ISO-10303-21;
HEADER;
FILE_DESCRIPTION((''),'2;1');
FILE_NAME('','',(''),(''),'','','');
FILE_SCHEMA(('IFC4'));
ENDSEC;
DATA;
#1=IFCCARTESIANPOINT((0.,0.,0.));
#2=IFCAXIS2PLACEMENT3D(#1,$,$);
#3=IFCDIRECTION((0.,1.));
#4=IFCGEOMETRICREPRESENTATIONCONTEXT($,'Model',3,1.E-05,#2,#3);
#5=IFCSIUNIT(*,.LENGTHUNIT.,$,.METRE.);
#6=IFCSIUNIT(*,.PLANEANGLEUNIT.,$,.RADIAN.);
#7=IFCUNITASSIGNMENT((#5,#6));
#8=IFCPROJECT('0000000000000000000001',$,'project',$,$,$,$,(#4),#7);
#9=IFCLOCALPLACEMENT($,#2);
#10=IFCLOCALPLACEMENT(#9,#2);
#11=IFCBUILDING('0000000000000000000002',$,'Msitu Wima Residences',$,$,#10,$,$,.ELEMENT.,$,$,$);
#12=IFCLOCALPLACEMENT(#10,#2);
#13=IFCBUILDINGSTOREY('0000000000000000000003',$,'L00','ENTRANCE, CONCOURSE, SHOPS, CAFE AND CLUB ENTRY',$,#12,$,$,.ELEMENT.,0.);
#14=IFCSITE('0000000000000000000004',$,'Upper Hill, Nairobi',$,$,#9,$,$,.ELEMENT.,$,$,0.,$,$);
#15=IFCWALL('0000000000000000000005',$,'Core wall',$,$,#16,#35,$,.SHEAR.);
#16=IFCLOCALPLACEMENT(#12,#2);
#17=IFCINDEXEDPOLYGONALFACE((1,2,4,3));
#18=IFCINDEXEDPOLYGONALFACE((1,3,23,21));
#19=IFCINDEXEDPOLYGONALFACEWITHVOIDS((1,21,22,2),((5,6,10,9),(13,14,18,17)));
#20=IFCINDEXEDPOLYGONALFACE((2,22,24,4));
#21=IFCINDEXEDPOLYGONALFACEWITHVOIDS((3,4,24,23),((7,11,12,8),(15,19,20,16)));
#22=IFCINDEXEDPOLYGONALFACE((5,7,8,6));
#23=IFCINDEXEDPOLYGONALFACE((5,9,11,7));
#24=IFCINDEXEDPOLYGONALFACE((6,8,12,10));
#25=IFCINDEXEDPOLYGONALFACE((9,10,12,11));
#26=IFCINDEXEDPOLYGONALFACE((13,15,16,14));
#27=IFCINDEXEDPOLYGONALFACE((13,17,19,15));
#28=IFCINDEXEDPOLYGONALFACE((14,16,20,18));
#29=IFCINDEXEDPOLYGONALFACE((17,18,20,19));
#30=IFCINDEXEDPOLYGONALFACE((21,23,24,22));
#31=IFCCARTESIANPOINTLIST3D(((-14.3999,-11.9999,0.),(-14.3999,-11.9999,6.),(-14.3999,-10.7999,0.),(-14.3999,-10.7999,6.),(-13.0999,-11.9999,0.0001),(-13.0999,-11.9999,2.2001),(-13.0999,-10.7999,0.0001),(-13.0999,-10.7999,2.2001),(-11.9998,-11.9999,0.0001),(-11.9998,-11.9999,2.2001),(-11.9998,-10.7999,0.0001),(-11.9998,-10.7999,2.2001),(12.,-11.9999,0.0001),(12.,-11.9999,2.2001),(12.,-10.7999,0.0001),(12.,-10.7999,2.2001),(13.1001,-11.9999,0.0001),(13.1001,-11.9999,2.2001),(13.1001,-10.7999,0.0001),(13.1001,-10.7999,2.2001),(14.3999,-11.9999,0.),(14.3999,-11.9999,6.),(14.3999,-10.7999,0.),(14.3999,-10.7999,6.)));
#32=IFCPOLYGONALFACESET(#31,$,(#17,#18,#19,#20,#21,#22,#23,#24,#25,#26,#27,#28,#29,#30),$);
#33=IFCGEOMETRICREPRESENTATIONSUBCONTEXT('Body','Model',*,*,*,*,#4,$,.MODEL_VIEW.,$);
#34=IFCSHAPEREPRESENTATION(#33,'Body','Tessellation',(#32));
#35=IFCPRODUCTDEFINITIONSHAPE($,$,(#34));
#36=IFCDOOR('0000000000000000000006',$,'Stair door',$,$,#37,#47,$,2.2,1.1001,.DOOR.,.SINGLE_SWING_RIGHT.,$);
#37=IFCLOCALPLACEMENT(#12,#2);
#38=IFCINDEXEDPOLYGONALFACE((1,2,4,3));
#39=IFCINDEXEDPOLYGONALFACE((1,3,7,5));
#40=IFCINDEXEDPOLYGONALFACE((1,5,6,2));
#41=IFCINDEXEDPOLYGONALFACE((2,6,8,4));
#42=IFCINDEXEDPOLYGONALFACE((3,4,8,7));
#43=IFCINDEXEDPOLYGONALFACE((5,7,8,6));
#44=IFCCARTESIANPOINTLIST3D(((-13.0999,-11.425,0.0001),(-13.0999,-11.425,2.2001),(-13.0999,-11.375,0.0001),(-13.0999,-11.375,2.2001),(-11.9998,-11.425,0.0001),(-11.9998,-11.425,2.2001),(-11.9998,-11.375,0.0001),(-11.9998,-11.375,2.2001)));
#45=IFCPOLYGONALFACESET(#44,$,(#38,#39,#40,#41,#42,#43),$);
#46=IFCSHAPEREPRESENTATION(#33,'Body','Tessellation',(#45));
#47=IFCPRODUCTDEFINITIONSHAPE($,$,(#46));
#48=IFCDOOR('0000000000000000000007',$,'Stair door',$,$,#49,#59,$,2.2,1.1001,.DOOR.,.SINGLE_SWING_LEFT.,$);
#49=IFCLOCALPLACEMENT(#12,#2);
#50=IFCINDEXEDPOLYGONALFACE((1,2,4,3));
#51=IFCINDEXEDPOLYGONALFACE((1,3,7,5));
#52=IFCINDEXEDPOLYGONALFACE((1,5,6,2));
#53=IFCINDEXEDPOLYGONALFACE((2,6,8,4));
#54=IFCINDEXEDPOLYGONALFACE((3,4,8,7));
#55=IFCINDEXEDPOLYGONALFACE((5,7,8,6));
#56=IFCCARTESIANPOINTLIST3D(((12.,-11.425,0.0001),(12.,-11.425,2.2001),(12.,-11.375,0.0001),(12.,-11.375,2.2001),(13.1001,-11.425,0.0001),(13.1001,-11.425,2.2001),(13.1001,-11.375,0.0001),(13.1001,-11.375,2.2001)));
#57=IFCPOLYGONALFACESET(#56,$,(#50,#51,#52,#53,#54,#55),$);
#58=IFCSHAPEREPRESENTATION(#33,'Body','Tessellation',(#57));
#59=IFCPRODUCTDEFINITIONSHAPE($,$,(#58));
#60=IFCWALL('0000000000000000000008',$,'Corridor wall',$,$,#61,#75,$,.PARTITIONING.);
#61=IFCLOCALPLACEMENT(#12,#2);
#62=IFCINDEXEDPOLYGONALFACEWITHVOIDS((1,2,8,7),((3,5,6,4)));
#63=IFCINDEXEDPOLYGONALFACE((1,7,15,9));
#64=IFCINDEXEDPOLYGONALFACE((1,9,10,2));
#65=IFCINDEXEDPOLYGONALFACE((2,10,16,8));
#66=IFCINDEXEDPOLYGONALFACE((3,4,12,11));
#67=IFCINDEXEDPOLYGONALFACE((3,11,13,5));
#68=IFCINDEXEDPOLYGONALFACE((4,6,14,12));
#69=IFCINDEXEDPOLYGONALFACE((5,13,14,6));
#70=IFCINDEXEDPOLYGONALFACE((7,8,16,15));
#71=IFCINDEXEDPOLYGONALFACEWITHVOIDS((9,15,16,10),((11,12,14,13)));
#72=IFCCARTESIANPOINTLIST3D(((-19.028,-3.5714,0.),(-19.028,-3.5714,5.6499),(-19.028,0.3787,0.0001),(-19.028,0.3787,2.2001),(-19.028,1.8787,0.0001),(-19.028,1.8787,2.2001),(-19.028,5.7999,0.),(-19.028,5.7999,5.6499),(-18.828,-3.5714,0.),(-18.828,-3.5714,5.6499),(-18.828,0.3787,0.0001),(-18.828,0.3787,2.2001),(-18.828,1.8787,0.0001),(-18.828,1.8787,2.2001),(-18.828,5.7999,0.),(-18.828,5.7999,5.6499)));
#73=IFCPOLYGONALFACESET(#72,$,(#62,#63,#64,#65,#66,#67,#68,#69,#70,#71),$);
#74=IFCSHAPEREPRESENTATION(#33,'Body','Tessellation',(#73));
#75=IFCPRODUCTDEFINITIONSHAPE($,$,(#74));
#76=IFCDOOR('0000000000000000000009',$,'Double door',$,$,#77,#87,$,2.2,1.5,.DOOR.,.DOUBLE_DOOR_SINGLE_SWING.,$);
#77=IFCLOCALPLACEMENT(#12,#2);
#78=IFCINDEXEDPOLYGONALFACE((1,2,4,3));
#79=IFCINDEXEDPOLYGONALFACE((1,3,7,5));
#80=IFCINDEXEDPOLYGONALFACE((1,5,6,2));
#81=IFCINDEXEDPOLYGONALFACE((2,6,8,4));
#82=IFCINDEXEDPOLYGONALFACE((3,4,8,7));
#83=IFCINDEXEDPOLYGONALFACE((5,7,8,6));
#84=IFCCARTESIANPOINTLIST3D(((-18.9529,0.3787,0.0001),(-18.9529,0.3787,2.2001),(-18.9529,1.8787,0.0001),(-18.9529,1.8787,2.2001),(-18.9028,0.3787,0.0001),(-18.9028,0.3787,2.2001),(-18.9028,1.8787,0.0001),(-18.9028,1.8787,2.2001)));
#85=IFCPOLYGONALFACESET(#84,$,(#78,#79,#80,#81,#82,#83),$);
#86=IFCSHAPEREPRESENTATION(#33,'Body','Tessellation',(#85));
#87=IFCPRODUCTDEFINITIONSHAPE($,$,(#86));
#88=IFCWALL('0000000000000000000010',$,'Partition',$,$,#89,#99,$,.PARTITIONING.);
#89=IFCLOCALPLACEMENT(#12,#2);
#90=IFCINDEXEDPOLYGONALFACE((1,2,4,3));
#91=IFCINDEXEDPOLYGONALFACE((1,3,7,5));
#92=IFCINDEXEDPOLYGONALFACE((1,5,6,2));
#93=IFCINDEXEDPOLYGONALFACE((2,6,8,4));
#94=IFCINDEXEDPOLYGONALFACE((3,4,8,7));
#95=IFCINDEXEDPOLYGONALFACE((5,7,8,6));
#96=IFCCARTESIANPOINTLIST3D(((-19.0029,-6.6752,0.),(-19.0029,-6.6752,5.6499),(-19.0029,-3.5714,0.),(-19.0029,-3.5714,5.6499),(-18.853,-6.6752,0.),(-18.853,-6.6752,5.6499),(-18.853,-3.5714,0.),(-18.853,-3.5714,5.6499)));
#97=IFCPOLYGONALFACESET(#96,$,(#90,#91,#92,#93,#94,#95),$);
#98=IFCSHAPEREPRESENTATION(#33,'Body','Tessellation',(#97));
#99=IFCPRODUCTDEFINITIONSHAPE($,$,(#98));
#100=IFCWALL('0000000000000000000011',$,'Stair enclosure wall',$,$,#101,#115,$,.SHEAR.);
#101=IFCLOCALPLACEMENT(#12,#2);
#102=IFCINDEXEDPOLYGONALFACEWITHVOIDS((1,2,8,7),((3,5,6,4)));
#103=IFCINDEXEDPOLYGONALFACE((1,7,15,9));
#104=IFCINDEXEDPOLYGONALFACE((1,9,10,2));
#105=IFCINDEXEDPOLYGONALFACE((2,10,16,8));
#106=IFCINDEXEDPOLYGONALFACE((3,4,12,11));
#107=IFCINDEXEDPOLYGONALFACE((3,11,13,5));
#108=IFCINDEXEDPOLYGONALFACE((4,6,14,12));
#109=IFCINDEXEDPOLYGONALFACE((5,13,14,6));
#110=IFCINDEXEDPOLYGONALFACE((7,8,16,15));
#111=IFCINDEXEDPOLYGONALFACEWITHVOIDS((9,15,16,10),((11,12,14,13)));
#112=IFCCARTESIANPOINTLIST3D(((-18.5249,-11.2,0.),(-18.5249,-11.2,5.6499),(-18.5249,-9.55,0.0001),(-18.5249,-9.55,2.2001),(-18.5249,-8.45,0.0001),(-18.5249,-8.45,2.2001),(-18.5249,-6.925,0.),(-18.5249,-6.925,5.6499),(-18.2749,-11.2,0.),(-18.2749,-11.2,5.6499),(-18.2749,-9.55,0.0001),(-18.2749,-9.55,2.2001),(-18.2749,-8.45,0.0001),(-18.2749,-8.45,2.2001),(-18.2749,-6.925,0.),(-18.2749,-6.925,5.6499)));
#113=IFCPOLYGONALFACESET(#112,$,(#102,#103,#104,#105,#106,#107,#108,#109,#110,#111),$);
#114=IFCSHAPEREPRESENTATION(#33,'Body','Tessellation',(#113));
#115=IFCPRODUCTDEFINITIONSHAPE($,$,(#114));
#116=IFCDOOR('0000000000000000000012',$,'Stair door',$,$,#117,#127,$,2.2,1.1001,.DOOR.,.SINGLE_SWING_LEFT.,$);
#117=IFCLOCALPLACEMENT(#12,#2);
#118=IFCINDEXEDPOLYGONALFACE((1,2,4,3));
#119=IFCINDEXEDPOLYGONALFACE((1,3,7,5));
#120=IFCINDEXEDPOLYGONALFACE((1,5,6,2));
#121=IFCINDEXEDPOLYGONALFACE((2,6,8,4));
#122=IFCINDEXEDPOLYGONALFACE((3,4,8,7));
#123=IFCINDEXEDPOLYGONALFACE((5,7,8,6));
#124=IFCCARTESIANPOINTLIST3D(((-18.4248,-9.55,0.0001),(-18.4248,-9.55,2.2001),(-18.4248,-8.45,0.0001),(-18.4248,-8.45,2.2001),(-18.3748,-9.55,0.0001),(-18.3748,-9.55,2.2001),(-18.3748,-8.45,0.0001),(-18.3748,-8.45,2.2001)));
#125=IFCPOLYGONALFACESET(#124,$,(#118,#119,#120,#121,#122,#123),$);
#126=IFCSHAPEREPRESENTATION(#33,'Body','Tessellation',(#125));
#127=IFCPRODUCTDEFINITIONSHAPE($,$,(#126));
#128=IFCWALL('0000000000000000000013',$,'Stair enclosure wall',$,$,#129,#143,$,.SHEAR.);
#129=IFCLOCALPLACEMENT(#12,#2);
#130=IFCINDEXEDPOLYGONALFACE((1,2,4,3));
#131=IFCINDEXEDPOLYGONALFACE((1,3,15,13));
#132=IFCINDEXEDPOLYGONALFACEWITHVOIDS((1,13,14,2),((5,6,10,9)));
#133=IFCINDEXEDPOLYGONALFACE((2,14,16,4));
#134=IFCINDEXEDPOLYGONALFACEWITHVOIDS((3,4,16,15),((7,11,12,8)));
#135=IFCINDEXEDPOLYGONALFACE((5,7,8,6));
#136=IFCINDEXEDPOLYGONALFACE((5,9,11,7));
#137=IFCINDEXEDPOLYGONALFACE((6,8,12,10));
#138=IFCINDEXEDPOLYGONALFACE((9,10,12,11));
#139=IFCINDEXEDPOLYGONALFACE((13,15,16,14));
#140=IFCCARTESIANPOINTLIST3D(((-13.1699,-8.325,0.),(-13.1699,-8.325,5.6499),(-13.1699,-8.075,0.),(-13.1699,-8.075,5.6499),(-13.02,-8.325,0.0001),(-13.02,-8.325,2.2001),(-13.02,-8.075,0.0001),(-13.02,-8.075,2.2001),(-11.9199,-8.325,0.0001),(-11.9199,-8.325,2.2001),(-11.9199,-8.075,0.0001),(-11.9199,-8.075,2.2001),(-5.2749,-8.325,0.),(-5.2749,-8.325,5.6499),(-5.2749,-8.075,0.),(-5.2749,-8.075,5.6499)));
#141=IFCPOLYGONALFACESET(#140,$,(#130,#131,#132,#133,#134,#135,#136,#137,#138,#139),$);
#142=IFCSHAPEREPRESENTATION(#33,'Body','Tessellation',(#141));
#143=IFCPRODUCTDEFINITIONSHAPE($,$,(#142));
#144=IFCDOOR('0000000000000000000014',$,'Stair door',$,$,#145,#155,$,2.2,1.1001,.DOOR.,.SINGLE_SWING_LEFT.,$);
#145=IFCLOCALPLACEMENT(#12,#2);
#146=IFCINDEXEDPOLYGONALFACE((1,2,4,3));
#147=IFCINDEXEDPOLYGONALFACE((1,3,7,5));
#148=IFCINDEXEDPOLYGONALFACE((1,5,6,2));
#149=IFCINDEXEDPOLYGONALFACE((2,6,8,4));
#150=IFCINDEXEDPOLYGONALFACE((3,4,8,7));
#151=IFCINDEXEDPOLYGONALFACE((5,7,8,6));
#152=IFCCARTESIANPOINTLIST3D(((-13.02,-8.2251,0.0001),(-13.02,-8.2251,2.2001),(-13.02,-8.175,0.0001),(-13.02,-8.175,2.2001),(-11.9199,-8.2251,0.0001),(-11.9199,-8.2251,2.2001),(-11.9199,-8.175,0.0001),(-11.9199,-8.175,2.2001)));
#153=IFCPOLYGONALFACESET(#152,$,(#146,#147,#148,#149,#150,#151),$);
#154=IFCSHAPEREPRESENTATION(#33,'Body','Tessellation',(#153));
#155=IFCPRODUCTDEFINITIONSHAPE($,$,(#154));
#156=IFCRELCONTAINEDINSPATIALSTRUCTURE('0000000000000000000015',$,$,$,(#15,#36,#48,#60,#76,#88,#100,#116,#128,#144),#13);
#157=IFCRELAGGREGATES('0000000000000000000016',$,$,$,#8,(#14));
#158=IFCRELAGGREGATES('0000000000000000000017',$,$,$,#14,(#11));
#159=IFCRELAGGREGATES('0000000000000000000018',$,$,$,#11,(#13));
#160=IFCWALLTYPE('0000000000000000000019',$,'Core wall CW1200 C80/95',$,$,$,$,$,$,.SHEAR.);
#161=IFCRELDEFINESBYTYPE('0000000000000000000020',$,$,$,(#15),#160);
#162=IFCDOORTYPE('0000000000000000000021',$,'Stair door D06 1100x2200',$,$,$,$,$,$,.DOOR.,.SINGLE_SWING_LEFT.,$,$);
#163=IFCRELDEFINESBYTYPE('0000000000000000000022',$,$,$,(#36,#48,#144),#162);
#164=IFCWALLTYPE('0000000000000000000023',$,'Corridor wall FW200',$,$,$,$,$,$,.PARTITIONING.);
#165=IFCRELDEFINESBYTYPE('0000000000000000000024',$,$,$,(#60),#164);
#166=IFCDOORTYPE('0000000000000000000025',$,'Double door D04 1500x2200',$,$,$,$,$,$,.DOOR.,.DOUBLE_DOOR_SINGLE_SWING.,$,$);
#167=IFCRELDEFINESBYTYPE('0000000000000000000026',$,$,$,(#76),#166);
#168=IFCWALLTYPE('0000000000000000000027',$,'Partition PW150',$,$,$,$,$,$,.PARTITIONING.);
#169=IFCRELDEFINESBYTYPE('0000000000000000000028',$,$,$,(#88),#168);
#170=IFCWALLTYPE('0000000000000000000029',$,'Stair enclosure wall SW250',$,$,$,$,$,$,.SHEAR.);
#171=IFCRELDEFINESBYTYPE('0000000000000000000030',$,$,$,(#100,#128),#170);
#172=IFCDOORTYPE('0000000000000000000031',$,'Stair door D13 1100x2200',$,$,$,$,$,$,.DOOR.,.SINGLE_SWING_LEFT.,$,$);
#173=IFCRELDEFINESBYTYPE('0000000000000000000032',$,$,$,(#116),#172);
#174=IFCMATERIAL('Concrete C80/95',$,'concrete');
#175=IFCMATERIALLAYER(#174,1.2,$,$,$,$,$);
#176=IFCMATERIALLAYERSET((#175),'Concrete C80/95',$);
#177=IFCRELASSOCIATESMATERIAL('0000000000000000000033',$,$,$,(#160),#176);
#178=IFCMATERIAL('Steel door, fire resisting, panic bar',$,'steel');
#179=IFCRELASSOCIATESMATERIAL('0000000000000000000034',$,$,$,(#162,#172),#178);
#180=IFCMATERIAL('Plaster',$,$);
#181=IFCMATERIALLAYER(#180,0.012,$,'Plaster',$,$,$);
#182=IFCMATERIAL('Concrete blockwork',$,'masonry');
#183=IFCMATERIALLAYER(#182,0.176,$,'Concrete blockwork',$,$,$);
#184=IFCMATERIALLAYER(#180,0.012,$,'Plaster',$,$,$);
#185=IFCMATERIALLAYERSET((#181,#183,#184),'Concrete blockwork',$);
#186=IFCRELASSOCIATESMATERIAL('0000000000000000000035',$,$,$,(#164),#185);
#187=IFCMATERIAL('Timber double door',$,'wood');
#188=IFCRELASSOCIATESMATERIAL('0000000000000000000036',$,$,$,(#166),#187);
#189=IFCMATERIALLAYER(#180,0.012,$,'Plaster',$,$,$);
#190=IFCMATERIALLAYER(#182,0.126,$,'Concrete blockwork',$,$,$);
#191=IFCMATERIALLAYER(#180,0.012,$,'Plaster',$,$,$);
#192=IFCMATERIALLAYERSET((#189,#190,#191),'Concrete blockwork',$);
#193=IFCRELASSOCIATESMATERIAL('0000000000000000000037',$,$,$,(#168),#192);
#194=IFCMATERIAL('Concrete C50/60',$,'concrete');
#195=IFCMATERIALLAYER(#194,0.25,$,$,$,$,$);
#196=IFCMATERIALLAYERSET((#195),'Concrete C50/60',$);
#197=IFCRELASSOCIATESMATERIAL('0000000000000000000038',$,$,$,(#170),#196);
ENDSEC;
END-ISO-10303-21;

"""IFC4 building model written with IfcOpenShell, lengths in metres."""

from ifc_helpers import new_model, si_unit, direction, frame, frame_2d, origin, place, context, subcontext, project, spatial, rectangle, extrude, material, layer, layer_set, type_object, element, fill, save


model = new_model("IFC4")

# Units and contexts
model_context = context("Model", 3, precision=1e-05, world=origin(), true_north=direction((0.0, 1.0)))
body_context = subcontext(model_context, "Body", "Model", "MODEL_VIEW")
ifc_project = project(units=[si_unit("LENGTHUNIT", "METRE"), si_unit("PLANEANGLEUNIT", "RADIAN")], contexts=[model_context])

# Site, building, storey
site_placement = place(None, origin())
site = spatial("IfcSite", under=ifc_project, at=site_placement, Name="Upper Hill, Nairobi", CompositionType="ELEMENT", RefElevation=0.0)
building_placement = place(site_placement, origin())
building = spatial("IfcBuilding", under=site, at=building_placement, Name="Msitu Wima Residences", CompositionType="ELEMENT")
storey_placement = place(building_placement, origin())
storey = spatial("IfcBuildingStorey", under=building, at=storey_placement, Name="L00", Description="ENTRANCE, CONCOURSE, SHOPS, CAFE AND CLUB ENTRY", CompositionType="ELEMENT", Elevation=0.0)

# Wall, openings, doors
ifc_material_1 = material(Name="Concrete C80/95", Category="concrete")
ifc_layer_1 = layer(ifc_material_1, 1.2)
ifc_layer_set_1 = layer_set([ifc_layer_1], Name="Concrete C80/95")
wall_type_1 = type_object("IfcWallType", Name="Core wall CW1200 C80/95", PredefinedType="SHEAR", material=ifc_layer_set_1)
wall_1_placement = place(storey_placement, frame((-14.3999, -11.3999, 0.0), z_axis=(0.0, 0.0, 1.0), x_axis=(1.0, 0.0, 0.0)))
wall_1 = element("IfcWall", 1, at=wall_1_placement, inside=storey, type_object=wall_type_1, Name="Core wall", PredefinedType="SHEAR", context=body_context, shape_type="SweptSolid", body=[
    extrude(rectangle(XDim=28.7998, YDim=1.2, at=frame_2d((14.3999, 0.0))), origin(), (0.0, 0.0, 1.0), 6.0),
])
opening_1_placement = place(wall_1_placement, frame((1.3, 0.0, 0.0)))
opening_1 = element("IfcOpeningElement", 2, at=opening_1_placement, cuts=wall_1, PredefinedType="OPENING", context=body_context, shape_type="SweptSolid", body=[
    extrude(rectangle(XDim=1.1001, YDim=2.2, at=frame_2d((0.55, 1.1001))), frame((0.0, 0.6099, 0.0), z_axis=(0.0, -1.0, 0.0), x_axis=(1.0, 0.0, 0.0)), (0.0, 0.0, 1.0), 1.22),
])
opening_2_placement = place(wall_1_placement, frame((26.3999, 0.0, 0.0)))
opening_2 = element("IfcOpeningElement", 3, at=opening_2_placement, cuts=wall_1, PredefinedType="OPENING", context=body_context, shape_type="SweptSolid", body=[
    extrude(rectangle(XDim=1.1001, YDim=2.2, at=frame_2d((0.55, 1.1001))), frame((0.0, 0.6099, 0.0), z_axis=(0.0, -1.0, 0.0), x_axis=(1.0, 0.0, 0.0)), (0.0, 0.0, 1.0), 1.22),
])
ifc_material_2 = material(Name="Steel door, fire resisting, panic bar", Category="steel")
door_type_1 = type_object("IfcDoorType", Name="Stair door D06 1100x2200", OperationType="SINGLE_SWING_LEFT", PredefinedType="DOOR", material=ifc_material_2)
door_1_placement = place(opening_1_placement, origin())
door_1 = element("IfcDoor", 4, at=door_1_placement, inside=storey, type_object=door_type_1, Name="Stair door", OperationType="SINGLE_SWING_RIGHT", OverallHeight=2.2, OverallWidth=1.1001, PredefinedType="DOOR", context=body_context, shape_type="SweptSolid", body=[
    extrude(rectangle(XDim=1.1001, YDim=2.2, at=frame_2d((0.55, 1.1001))), frame((0.0, 0.0249, 0.0), z_axis=(0.0, -1.0, 0.0), x_axis=(1.0, 0.0, 0.0)), (0.0, 0.0, 1.0), 0.05),
])
fill(opening_1, door_1)
door_2_placement = place(opening_2_placement, origin())
door_2 = element("IfcDoor", 5, at=door_2_placement, inside=storey, type_object=door_type_1, Name="Stair door", OperationType="SINGLE_SWING_LEFT", OverallHeight=2.2, OverallWidth=1.1001, PredefinedType="DOOR", context=body_context, shape_type="SweptSolid", body=[
    extrude(rectangle(XDim=1.1001, YDim=2.2, at=frame_2d((0.55, 1.1001))), frame((0.0, 0.0249, 0.0), z_axis=(0.0, -1.0, 0.0), x_axis=(1.0, 0.0, 0.0)), (0.0, 0.0, 1.0), 0.05),
])
fill(opening_2, door_2)

# Wall, opening, door
ifc_material_3 = material(Name="Plaster")
ifc_layer_2 = layer(ifc_material_3, 0.012, Name="Plaster")
ifc_material_4 = material(Name="Concrete blockwork", Category="masonry")
ifc_layer_3 = layer(ifc_material_4, 0.176, Name="Concrete blockwork")
ifc_layer_4 = layer(ifc_material_3, 0.012, Name="Plaster")
ifc_layer_set_2 = layer_set([ifc_layer_2, ifc_layer_3, ifc_layer_4], Name="Concrete blockwork")
wall_type_2 = type_object("IfcWallType", Name="Corridor wall FW200", PredefinedType="PARTITIONING", material=ifc_layer_set_2)
wall_2_placement = place(storey_placement, frame((-18.928, -3.5713, 0.0), z_axis=(0.0, 0.0, 1.0), x_axis=(0.0, 1.0, 0.0)))
wall_2 = element("IfcWall", 6, at=wall_2_placement, inside=storey, type_object=wall_type_2, Name="Corridor wall", PredefinedType="PARTITIONING", context=body_context, shape_type="SweptSolid", body=[
    extrude(rectangle(XDim=9.3713, YDim=0.2, at=frame_2d((4.6855, 0.0))), origin(), (0.0, 0.0, 1.0), 5.6499),
])
opening_3_placement = place(wall_2_placement, frame((3.95, 0.0, 0.0)))
opening_3 = element("IfcOpeningElement", 7, at=opening_3_placement, cuts=wall_2, PredefinedType="OPENING", context=body_context, shape_type="SweptSolid", body=[
    extrude(rectangle(XDim=1.5, YDim=2.2, at=frame_2d((0.75, 1.1001))), frame((0.0, 0.1099, 0.0), z_axis=(0.0, -1.0, 0.0), x_axis=(1.0, 0.0, 0.0)), (0.0, 0.0, 1.0), 0.22),
])
ifc_material_5 = material(Name="Timber double door", Category="wood")
door_type_2 = type_object("IfcDoorType", Name="Double door D04 1500x2200", OperationType="DOUBLE_DOOR_SINGLE_SWING", PredefinedType="DOOR", material=ifc_material_5)
door_3_placement = place(opening_3_placement, origin())
door_3 = element("IfcDoor", 8, at=door_3_placement, inside=storey, type_object=door_type_2, Name="Double door", OperationType="DOUBLE_DOOR_SINGLE_SWING", OverallHeight=2.2, OverallWidth=1.5, PredefinedType="DOOR", context=body_context, shape_type="SweptSolid", body=[
    extrude(rectangle(XDim=1.5, YDim=2.2, at=frame_2d((0.75, 1.1001))), frame((0.0, 0.0249, 0.0), z_axis=(0.0, -1.0, 0.0), x_axis=(1.0, 0.0, 0.0)), (0.0, 0.0, 1.0), 0.05),
])
fill(opening_3, door_3)

# Wall
ifc_layer_5 = layer(ifc_material_3, 0.012, Name="Plaster")
ifc_layer_6 = layer(ifc_material_4, 0.126, Name="Concrete blockwork")
ifc_layer_7 = layer(ifc_material_3, 0.012, Name="Plaster")
ifc_layer_set_3 = layer_set([ifc_layer_5, ifc_layer_6, ifc_layer_7], Name="Concrete blockwork")
wall_type_3 = type_object("IfcWallType", Name="Partition PW150", PredefinedType="PARTITIONING", material=ifc_layer_set_3)
wall_3_placement = place(storey_placement, frame((-18.928, -6.675, 0.0), z_axis=(0.0, 0.0, 1.0), x_axis=(0.0, 1.0, 0.0)))
element("IfcWall", 9, at=wall_3_placement, inside=storey, type_object=wall_type_3, Name="Partition", PredefinedType="PARTITIONING", context=body_context, shape_type="SweptSolid", body=[
    extrude(rectangle(XDim=3.1038, YDim=0.1499, at=frame_2d((1.5518, 0.0))), origin(), (0.0, 0.0, 1.0), 5.6499),
])

# Walls, openings, doors
ifc_material_6 = material(Name="Concrete C50/60", Category="concrete")
ifc_layer_8 = layer(ifc_material_6, 0.25)
ifc_layer_set_4 = layer_set([ifc_layer_8], Name="Concrete C50/60")
wall_type_4 = type_object("IfcWallType", Name="Stair enclosure wall SW250", PredefinedType="SHEAR", material=ifc_layer_set_4)
wall_4_placement = place(storey_placement, frame((-18.3999, -11.2, 0.0), z_axis=(0.0, 0.0, 1.0), x_axis=(0.0, 1.0, 0.0)))
wall_4 = element("IfcWall", 10, at=wall_4_placement, inside=storey, type_object=wall_type_4, Name="Stair enclosure wall", PredefinedType="SHEAR", context=body_context, shape_type="SweptSolid", body=[
    extrude(rectangle(XDim=4.2749, YDim=0.25, at=frame_2d((2.1375, 0.0))), origin(), (0.0, 0.0, 1.0), 5.6499),
])
opening_4_placement = place(wall_4_placement, frame((1.6499, 0.0, 0.0)))
opening_4 = element("IfcOpeningElement", 11, at=opening_4_placement, cuts=wall_4, PredefinedType="OPENING", context=body_context, shape_type="SweptSolid", body=[
    extrude(rectangle(XDim=1.1001, YDim=2.2, at=frame_2d((0.55, 1.1001))), frame((0.0, 0.135, 0.0), z_axis=(0.0, -1.0, 0.0), x_axis=(1.0, 0.0, 0.0)), (0.0, 0.0, 1.0), 0.27),
])
door_type_3 = type_object("IfcDoorType", Name="Stair door D13 1100x2200", OperationType="SINGLE_SWING_LEFT", PredefinedType="DOOR", material=ifc_material_2)
door_4_placement = place(opening_4_placement, origin())
door_4 = element("IfcDoor", 12, at=door_4_placement, inside=storey, type_object=door_type_3, Name="Stair door", OperationType="SINGLE_SWING_LEFT", OverallHeight=2.2, OverallWidth=1.1001, PredefinedType="DOOR", context=body_context, shape_type="SweptSolid", body=[
    extrude(rectangle(XDim=1.1001, YDim=2.2, at=frame_2d((0.55, 1.1001))), frame((0.0, 0.0249, 0.0), z_axis=(0.0, -1.0, 0.0), x_axis=(1.0, 0.0, 0.0)), (0.0, 0.0, 1.0), 0.05),
])
fill(opening_4, door_4)
wall_5_placement = place(storey_placement, frame((-13.1699, -8.2, 0.0), z_axis=(0.0, 0.0, 1.0), x_axis=(1.0, 0.0, 0.0)))
wall_5 = element("IfcWall", 13, at=wall_5_placement, inside=storey, type_object=wall_type_4, Name="Stair enclosure wall", PredefinedType="SHEAR", context=body_context, shape_type="SweptSolid", body=[
    extrude(rectangle(XDim=7.895, YDim=0.25, at=frame_2d((3.9475, 0.0))), origin(), (0.0, 0.0, 1.0), 5.6499),
])
opening_5_placement = place(wall_5_placement, frame((0.1499, 0.0, 0.0)))
opening_5 = element("IfcOpeningElement", 14, at=opening_5_placement, cuts=wall_5, PredefinedType="OPENING", context=body_context, shape_type="SweptSolid", body=[
    extrude(rectangle(XDim=1.1001, YDim=2.2, at=frame_2d((0.55, 1.1001))), frame((0.0, 0.135, 0.0), z_axis=(0.0, -1.0, 0.0), x_axis=(1.0, 0.0, 0.0)), (0.0, 0.0, 1.0), 0.27),
])
door_5_placement = place(opening_5_placement, origin())
door_5 = element("IfcDoor", 15, at=door_5_placement, inside=storey, type_object=door_type_1, Name="Stair door", OperationType="SINGLE_SWING_LEFT", OverallHeight=2.2, OverallWidth=1.1001, PredefinedType="DOOR", context=body_context, shape_type="SweptSolid", body=[
    extrude(rectangle(XDim=1.1001, YDim=2.2, at=frame_2d((0.55, 1.1001))), frame((0.0, 0.0249, 0.0), z_axis=(0.0, -1.0, 0.0), x_axis=(1.0, 0.0, 0.0)), (0.0, 0.0, 1.0), 0.05),
])
fill(opening_5, door_5)

save(model, "model.ifc")
